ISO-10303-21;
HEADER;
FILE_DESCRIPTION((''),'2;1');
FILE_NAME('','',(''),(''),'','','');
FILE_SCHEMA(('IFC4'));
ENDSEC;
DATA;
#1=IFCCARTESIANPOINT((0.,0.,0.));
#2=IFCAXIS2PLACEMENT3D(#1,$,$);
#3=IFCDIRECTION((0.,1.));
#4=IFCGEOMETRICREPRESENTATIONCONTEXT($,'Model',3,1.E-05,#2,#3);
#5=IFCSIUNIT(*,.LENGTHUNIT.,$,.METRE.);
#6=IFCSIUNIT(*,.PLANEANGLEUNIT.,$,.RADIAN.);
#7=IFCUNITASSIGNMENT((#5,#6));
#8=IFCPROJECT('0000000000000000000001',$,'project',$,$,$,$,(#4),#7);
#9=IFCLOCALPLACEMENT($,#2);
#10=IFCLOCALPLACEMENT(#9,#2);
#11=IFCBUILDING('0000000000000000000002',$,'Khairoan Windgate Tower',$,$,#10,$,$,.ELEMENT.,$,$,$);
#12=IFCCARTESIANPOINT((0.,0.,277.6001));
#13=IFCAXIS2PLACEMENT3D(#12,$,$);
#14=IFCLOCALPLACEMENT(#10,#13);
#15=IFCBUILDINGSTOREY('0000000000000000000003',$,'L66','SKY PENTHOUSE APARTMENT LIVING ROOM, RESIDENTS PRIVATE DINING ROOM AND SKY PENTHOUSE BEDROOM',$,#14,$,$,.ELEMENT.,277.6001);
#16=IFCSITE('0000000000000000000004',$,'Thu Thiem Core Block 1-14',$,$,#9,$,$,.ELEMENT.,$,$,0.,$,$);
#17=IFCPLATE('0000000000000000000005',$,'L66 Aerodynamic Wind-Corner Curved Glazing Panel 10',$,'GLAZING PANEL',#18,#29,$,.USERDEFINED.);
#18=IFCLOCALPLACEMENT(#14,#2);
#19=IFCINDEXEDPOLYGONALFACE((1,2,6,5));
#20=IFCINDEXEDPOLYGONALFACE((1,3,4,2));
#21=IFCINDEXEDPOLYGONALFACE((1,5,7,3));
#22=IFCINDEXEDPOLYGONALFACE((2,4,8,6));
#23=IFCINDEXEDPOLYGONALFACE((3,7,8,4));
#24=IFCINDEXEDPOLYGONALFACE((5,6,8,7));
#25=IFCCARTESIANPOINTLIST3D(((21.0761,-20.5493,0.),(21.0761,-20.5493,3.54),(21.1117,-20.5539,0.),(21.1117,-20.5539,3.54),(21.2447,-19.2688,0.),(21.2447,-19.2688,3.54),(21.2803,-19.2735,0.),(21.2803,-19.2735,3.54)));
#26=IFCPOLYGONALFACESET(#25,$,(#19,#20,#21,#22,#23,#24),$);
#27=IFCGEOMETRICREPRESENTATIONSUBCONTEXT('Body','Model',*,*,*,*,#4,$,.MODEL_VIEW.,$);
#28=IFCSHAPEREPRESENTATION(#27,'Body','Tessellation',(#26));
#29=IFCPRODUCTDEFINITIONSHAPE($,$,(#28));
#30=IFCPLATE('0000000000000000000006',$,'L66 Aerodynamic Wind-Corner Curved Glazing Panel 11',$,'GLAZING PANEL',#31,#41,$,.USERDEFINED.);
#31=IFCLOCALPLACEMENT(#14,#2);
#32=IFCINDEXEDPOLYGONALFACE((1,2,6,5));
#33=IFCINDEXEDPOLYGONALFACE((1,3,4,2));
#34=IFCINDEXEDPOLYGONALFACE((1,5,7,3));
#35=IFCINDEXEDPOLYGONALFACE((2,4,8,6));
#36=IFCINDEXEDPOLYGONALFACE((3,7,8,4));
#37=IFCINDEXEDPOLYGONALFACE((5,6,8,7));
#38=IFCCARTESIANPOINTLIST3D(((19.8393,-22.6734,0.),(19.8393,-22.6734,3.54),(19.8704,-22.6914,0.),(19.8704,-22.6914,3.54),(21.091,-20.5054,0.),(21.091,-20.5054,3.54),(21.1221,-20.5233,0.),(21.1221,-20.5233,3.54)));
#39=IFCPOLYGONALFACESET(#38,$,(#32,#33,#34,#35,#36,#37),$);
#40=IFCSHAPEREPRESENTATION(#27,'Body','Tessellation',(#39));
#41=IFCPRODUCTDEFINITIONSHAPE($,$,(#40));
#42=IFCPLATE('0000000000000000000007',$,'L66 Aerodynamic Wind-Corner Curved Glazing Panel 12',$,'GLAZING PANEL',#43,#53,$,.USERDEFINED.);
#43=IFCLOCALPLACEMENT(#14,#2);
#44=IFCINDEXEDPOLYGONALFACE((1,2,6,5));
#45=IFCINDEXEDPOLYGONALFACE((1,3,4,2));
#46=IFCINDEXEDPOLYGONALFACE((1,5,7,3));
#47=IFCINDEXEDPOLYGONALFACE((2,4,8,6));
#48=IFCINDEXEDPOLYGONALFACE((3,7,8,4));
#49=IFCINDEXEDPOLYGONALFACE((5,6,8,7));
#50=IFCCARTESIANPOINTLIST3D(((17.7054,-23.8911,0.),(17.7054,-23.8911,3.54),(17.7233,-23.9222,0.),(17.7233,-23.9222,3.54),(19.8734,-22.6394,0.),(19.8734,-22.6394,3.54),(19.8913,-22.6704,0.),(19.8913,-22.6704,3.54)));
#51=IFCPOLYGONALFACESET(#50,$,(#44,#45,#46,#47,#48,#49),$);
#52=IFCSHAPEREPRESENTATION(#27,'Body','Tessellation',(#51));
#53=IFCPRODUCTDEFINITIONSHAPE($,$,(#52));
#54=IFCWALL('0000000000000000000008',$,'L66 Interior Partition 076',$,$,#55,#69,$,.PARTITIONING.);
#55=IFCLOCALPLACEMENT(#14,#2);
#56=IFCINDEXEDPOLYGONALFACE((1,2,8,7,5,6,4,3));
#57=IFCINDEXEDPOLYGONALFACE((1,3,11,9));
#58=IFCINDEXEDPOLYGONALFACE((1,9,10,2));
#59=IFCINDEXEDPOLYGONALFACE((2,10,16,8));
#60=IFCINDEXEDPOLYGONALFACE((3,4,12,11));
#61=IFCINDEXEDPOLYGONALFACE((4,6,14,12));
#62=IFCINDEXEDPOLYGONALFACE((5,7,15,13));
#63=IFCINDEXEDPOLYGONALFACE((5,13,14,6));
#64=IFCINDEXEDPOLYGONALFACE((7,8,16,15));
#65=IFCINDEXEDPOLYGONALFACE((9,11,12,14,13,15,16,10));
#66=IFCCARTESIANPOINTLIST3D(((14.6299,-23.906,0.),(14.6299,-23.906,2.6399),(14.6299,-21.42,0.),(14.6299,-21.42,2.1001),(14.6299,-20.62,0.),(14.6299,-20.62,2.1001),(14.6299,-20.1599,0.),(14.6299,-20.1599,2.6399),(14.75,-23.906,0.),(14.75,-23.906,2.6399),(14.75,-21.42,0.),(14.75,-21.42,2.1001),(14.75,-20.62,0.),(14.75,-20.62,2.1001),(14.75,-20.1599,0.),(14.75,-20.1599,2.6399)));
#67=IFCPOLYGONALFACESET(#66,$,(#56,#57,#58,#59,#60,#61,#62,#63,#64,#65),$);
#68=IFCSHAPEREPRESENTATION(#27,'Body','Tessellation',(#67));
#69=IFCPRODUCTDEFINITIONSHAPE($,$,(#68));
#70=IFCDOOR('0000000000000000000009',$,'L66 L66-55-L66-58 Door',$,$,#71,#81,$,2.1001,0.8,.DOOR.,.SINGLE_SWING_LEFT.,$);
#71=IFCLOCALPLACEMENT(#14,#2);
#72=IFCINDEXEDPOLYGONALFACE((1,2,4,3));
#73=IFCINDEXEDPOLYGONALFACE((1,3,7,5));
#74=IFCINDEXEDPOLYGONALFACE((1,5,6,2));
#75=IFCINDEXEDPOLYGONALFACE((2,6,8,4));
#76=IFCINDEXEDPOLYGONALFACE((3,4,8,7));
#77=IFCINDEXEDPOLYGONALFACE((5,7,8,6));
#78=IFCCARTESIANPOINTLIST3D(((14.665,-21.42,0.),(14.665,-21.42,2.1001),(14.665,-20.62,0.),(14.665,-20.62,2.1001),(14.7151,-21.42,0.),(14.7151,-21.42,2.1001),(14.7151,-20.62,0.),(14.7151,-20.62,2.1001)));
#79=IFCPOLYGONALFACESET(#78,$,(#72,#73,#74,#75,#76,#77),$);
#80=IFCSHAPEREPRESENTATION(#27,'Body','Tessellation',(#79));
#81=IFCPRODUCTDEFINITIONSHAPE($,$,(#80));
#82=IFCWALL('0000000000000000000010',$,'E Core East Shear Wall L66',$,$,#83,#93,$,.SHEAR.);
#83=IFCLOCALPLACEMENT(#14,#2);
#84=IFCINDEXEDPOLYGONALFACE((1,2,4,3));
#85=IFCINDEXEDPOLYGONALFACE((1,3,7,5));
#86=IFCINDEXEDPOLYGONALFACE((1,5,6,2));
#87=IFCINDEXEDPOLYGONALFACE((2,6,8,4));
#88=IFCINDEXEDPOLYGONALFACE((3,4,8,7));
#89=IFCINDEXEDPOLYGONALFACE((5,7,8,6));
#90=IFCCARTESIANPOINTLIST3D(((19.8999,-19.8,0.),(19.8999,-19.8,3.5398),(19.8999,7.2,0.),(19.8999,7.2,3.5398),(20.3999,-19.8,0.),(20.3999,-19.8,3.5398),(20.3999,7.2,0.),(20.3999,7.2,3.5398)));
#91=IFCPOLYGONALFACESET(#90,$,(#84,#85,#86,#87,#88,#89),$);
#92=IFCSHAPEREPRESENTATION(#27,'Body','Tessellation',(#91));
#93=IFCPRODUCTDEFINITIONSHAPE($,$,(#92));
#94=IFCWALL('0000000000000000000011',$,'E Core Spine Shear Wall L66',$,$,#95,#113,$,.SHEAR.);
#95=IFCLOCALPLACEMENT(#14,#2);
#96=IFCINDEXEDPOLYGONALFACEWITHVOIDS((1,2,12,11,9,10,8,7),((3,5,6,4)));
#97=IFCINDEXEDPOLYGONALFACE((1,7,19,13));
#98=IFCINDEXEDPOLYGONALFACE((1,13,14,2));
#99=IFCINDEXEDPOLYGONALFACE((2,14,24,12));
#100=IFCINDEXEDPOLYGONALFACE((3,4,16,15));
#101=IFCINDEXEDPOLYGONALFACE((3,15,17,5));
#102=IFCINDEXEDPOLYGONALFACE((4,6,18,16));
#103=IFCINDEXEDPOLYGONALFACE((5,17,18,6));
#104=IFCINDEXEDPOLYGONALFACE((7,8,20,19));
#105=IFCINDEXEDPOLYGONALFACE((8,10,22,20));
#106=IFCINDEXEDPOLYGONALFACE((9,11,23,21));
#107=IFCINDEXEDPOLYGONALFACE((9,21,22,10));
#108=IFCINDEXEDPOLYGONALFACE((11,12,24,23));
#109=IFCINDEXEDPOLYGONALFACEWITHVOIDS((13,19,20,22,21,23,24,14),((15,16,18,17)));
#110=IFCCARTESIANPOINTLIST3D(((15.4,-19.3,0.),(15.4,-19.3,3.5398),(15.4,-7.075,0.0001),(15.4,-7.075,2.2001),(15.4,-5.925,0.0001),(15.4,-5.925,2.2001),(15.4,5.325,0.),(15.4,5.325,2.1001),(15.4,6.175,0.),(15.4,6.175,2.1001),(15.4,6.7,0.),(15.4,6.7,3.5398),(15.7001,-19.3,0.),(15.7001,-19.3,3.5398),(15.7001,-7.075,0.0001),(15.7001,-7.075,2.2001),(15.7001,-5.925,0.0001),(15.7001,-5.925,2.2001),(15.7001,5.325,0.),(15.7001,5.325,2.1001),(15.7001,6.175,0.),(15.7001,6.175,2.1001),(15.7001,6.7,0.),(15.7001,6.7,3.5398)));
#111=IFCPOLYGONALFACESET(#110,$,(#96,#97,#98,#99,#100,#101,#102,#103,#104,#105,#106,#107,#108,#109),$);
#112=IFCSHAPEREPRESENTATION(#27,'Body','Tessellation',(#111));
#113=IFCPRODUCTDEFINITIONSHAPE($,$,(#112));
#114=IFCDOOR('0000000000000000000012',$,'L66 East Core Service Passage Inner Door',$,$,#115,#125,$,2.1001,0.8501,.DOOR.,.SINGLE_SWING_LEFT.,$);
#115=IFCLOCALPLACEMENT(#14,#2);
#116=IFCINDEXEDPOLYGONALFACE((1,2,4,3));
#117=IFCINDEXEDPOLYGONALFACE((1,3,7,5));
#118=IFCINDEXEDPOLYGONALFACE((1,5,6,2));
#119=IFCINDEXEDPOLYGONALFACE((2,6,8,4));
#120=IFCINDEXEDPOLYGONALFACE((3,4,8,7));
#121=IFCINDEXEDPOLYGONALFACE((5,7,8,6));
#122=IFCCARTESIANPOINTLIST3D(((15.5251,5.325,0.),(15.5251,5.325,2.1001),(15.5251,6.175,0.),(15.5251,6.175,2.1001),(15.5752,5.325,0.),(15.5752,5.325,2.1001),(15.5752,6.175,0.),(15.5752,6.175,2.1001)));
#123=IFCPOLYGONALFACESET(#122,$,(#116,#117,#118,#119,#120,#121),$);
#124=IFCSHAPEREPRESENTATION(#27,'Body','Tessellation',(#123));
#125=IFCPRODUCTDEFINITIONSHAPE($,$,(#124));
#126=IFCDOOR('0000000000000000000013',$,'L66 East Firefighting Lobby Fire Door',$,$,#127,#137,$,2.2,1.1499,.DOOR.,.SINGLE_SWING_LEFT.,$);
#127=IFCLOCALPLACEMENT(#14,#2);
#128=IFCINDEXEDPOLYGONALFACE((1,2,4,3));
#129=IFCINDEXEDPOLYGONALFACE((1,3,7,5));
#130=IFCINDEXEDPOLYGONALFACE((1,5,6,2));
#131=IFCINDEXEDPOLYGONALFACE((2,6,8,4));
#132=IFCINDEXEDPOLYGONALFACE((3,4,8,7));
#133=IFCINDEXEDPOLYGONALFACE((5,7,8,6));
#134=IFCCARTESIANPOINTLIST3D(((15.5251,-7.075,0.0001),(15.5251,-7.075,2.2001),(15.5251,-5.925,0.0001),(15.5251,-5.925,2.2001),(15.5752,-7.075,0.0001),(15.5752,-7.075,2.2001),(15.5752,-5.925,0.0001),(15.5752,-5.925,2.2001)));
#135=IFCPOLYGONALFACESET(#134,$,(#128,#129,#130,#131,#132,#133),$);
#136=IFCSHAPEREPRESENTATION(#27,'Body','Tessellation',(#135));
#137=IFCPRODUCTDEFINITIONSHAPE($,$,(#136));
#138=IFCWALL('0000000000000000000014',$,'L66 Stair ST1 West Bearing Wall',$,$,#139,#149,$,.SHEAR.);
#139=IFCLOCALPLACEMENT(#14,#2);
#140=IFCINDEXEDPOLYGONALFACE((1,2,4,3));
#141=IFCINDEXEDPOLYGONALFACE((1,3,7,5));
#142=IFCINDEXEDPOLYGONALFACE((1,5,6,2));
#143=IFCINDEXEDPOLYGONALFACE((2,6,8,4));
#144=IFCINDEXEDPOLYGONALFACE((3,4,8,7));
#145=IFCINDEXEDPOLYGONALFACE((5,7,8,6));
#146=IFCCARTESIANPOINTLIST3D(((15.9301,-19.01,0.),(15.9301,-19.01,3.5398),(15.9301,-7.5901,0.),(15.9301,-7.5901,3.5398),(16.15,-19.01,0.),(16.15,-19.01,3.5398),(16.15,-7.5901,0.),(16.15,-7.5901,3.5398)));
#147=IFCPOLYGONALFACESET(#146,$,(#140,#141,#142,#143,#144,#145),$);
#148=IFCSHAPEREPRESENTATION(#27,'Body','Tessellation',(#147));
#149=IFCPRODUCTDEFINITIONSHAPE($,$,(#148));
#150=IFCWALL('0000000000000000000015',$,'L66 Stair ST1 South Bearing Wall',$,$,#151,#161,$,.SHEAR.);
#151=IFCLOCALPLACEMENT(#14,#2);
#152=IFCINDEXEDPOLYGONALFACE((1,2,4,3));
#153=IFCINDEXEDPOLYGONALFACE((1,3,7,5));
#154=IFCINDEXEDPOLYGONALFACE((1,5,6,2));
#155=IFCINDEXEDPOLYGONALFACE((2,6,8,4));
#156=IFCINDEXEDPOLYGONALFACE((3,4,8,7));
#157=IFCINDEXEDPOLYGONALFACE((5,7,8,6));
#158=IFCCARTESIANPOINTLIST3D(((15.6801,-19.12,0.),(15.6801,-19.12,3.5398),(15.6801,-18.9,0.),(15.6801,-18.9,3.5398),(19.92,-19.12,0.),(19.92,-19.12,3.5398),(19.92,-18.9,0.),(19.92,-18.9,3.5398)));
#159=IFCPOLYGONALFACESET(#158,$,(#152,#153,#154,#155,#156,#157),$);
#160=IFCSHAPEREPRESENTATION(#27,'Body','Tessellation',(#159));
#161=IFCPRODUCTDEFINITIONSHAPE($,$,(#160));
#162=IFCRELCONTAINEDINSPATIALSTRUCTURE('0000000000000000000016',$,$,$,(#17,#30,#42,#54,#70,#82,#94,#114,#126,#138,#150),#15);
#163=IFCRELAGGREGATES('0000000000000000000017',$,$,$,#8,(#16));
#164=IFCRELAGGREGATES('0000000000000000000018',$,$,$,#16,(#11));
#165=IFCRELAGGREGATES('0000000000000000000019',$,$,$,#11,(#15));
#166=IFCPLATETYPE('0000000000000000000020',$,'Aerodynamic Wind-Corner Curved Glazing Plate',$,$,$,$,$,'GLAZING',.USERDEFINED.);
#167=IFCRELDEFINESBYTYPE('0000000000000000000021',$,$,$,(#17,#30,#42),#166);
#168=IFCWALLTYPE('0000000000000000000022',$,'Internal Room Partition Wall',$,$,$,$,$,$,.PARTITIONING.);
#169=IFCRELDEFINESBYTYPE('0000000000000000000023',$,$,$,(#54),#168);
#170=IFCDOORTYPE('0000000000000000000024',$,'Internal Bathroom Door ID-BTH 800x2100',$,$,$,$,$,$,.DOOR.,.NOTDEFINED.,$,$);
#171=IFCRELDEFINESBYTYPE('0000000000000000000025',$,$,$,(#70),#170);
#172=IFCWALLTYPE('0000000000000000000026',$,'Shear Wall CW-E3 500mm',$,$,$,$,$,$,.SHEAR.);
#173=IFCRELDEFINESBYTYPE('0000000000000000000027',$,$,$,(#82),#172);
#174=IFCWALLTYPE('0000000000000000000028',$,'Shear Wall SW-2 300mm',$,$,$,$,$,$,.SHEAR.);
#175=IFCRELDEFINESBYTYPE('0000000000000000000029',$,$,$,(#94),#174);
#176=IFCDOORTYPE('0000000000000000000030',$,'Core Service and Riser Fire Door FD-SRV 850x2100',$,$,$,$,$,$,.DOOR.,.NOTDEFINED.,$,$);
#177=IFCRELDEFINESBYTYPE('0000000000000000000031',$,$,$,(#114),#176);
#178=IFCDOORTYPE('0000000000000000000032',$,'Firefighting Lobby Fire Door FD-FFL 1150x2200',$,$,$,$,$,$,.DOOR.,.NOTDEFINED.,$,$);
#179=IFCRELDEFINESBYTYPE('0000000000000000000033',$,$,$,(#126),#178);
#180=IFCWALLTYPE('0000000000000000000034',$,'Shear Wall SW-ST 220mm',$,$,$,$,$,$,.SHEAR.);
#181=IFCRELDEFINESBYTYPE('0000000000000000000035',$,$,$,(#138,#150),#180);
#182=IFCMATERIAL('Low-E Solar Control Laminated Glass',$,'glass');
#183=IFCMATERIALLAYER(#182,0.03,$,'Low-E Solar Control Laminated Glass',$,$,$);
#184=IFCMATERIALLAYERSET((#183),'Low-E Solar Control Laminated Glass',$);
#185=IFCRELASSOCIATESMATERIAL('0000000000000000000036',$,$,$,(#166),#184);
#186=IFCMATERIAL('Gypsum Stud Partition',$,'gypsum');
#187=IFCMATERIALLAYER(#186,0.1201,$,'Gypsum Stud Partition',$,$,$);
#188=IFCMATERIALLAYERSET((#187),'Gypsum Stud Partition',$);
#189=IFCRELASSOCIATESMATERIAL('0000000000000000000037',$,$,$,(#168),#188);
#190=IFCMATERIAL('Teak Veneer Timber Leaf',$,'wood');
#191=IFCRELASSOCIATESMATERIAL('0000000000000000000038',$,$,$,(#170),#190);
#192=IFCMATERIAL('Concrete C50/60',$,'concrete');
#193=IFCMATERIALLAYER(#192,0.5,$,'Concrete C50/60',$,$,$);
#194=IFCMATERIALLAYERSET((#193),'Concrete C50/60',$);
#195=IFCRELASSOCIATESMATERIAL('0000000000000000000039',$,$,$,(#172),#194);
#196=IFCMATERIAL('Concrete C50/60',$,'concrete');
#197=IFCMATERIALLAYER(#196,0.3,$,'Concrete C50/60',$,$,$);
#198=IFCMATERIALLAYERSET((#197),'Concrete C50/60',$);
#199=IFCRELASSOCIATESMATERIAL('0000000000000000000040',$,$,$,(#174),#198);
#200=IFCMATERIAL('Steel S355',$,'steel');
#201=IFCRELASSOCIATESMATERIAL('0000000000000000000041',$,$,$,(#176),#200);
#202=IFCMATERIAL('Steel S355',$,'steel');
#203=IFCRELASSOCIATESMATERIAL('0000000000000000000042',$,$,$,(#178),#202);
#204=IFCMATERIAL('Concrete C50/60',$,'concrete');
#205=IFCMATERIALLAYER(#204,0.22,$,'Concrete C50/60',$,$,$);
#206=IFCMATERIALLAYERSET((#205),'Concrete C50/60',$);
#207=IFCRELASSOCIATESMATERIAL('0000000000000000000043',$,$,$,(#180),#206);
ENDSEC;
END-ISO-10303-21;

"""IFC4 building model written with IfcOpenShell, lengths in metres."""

from ifc_helpers import new_model, si_unit, direction, frame, frame_2d, origin, origin_2d, place, context, subcontext, project, spatial, rectangle, extrude, material, layer, layer_set, type_object, element, fill, save


model = new_model("IFC4")

# Units and contexts
model_context = context("Model", 3, precision=1e-05, world=origin(), true_north=direction((0.0, 1.0)))
body_context = subcontext(model_context, "Body", "Model", "MODEL_VIEW")
ifc_project = project(units=[si_unit("LENGTHUNIT", "METRE"), si_unit("PLANEANGLEUNIT", "RADIAN")], contexts=[model_context])

# Site, building, storey
site_placement = place(None, origin())
building_placement = place(site_placement, origin())
storey_placement = place(building_placement, frame((0.0, 0.0, 277.6001)))
site = spatial("IfcSite", under=ifc_project, at=site_placement, Name="Thu Thiem Core Block 1-14", CompositionType="ELEMENT", RefElevation=0.0)
building = spatial("IfcBuilding", under=site, at=building_placement, Name="Khairoan Windgate Tower", CompositionType="ELEMENT")
storey = spatial("IfcBuildingStorey", under=building, at=storey_placement, Name="L66", Description="SKY PENTHOUSE APARTMENT LIVING ROOM, RESIDENTS PRIVATE DINING ROOM AND SKY PENTHOUSE BEDROOM", CompositionType="ELEMENT", Elevation=277.6001)

# Plates
ifc_material_1 = material(Name="Low-E Solar Control Laminated Glass", Category="glass")
ifc_layer_1 = layer(ifc_material_1, 0.03, Name="Low-E Solar Control Laminated Glass")
ifc_layer_set_1 = layer_set([ifc_layer_1], Name="Low-E Solar Control Laminated Glass")
plate_type_1 = type_object("IfcPlateType", Name="Aerodynamic Wind-Corner Curved Glazing Plate", ElementType="GLAZING", PredefinedType="USERDEFINED", material=ifc_layer_set_1)
plate_1_placement = place(storey_placement, frame((21.1782, -19.9114, 0.0), z_axis=(0.0, 0.0, 1.0), x_axis=(-0.130526, -0.991445, 0.0)))
element("IfcPlate", 1, at=plate_1_placement, inside=storey, type_object=plate_type_1, Name="L66 Aerodynamic Wind-Corner Curved Glazing Panel 10", ObjectType="GLAZING PANEL", PredefinedType="USERDEFINED", context=body_context, shape_type="SweptSolid", body=[
    extrude(rectangle(XDim=1.2915, YDim=0.0359, at=origin_2d()), origin(), (0.0, 0.0, 1.0), 3.54),
])
for number, where, z_axis, x_axis, name in (
    (2, (20.4807, -21.5984, 0.0), (0.0, 0.0, 1.0), (-0.5, -0.866025, 0.0), "L66 Aerodynamic Wind-Corner Curved Glazing Panel 11"),
    (3, (18.7983, -23.2808, 0.0), (0.0, 0.0, 1.0), (-0.866025, -0.5, 0.0), "L66 Aerodynamic Wind-Corner Curved Glazing Panel 12"),
):
    element("IfcPlate", number, at=place(storey_placement, frame(where, z_axis=z_axis, x_axis=x_axis)), inside=storey, type_object=plate_type_1, Name=name, ObjectType="GLAZING PANEL", PredefinedType="USERDEFINED", context=body_context, shape_type="SweptSolid", body=[
        extrude(rectangle(XDim=2.5034, YDim=0.0359, at=origin_2d()), origin(), (0.0, 0.0, 1.0), 3.54),
    ])

# Wall, opening, door
ifc_material_2 = material(Name="Gypsum Stud Partition", Category="gypsum")
ifc_layer_2 = layer(ifc_material_2, 0.1201, Name="Gypsum Stud Partition")
ifc_layer_set_2 = layer_set([ifc_layer_2], Name="Gypsum Stud Partition")
wall_type_1 = type_object("IfcWallType", Name="Internal Room Partition Wall", PredefinedType="PARTITIONING", material=ifc_layer_set_2)
wall_1_placement = place(storey_placement, frame((14.6899, -23.906, 0.0), z_axis=(0.0, 0.0, 1.0), x_axis=(0.0, 1.0, 0.0)))
wall_1 = element("IfcWall", 4, at=wall_1_placement, inside=storey, type_object=wall_type_1, Name="L66 Interior Partition 076", PredefinedType="PARTITIONING", context=body_context, shape_type="SweptSolid", body=[
    extrude(rectangle(XDim=3.7461, YDim=0.1201, at=frame_2d((1.873, 0.0))), origin(), (0.0, 0.0, 1.0), 2.6399),
])
opening_1_placement = place(wall_1_placement, frame((2.4861, 0.0, 0.0)))
opening_1 = element("IfcOpeningElement", 5, at=opening_1_placement, cuts=wall_1, PredefinedType="OPENING", context=body_context, shape_type="SweptSolid", body=[
    extrude(rectangle(XDim=0.8, YDim=2.1001, at=frame_2d((0.3999, 1.05))), frame((0.0, 0.0701, 0.0), z_axis=(0.0, -1.0, 0.0), x_axis=(1.0, 0.0, 0.0)), (0.0, 0.0, 1.0), 0.1401),
])
ifc_material_3 = material(Name="Teak Veneer Timber Leaf", Category="wood")
door_type_1 = type_object("IfcDoorType", Name="Internal Bathroom Door ID-BTH 800x2100", OperationType="NOTDEFINED", PredefinedType="DOOR", material=ifc_material_3)
door_1_placement = place(opening_1_placement, origin())
door_1 = element("IfcDoor", 6, at=door_1_placement, inside=storey, type_object=door_type_1, Name="L66 L66-55-L66-58 Door", OperationType="SINGLE_SWING_LEFT", OverallHeight=2.1001, OverallWidth=0.8, PredefinedType="DOOR", context=body_context, shape_type="SweptSolid", body=[
    extrude(rectangle(XDim=0.8, YDim=2.1001, at=frame_2d((0.3999, 1.05))), frame((0.0, 0.0249, 0.0), z_axis=(0.0, -1.0, 0.0), x_axis=(1.0, 0.0, 0.0)), (0.0, 0.0, 1.0), 0.05),
])
fill(opening_1, door_1)

# Wall
ifc_material_4 = material(Name="Concrete C50/60", Category="concrete")
ifc_layer_3 = layer(ifc_material_4, 0.5, Name="Concrete C50/60")
ifc_layer_set_3 = layer_set([ifc_layer_3], Name="Concrete C50/60")
wall_type_2 = type_object("IfcWallType", Name="Shear Wall CW-E3 500mm", PredefinedType="SHEAR", material=ifc_layer_set_3)
wall_2_placement = place(storey_placement, frame((20.1499, -19.8, 0.0), z_axis=(0.0, 0.0, 1.0), x_axis=(0.0, 1.0, 0.0)))
element("IfcWall", 7, at=wall_2_placement, inside=storey, type_object=wall_type_2, Name="E Core East Shear Wall L66", PredefinedType="SHEAR", context=body_context, shape_type="SweptSolid", body=[
    extrude(rectangle(XDim=27.0, YDim=0.5, at=frame_2d((13.5, 0.0))), origin(), (0.0, 0.0, 1.0), 3.5398),
])

# Wall, openings, doors
ifc_material_5 = material(Name="Concrete C50/60", Category="concrete")
ifc_layer_4 = layer(ifc_material_5, 0.3, Name="Concrete C50/60")
ifc_layer_set_4 = layer_set([ifc_layer_4], Name="Concrete C50/60")
wall_type_3 = type_object("IfcWallType", Name="Shear Wall SW-2 300mm", PredefinedType="SHEAR", material=ifc_layer_set_4)
wall_3_placement = place(storey_placement, frame((15.55, -19.3, 0.0), z_axis=(0.0, 0.0, 1.0), x_axis=(0.0, 1.0, 0.0)))
wall_3 = element("IfcWall", 8, at=wall_3_placement, inside=storey, type_object=wall_type_3, Name="E Core Spine Shear Wall L66", PredefinedType="SHEAR", context=body_context, shape_type="SweptSolid", body=[
    extrude(rectangle(XDim=26.0, YDim=0.3, at=frame_2d((13.0, 0.0))), origin(), (0.0, 0.0, 1.0), 3.5398),
])
opening_2_placement = place(wall_3_placement, frame((12.2251, 0.0, 0.0)))
opening_2 = element("IfcOpeningElement", 9, at=opening_2_placement, cuts=wall_3, PredefinedType="OPENING", context=body_context, shape_type="SweptSolid", body=[
    extrude(rectangle(XDim=1.1499, YDim=2.2, at=frame_2d((0.575, 1.1001))), frame((0.0, 0.1599, 0.0), z_axis=(0.0, -1.0, 0.0), x_axis=(1.0, 0.0, 0.0)), (0.0, 0.0, 1.0), 0.3201),
])
opening_3_placement = place(wall_3_placement, frame((24.625, 0.0, 0.0)))
opening_3 = element("IfcOpeningElement", 10, at=opening_3_placement, cuts=wall_3, PredefinedType="OPENING", context=body_context, shape_type="SweptSolid", body=[
    extrude(rectangle(XDim=0.8501, YDim=2.1001, at=frame_2d((0.425, 1.05))), frame((0.0, 0.1599, 0.0), z_axis=(0.0, -1.0, 0.0), x_axis=(1.0, 0.0, 0.0)), (0.0, 0.0, 1.0), 0.3201),
])
ifc_material_6 = material(Name="Steel S355", Category="steel")
door_type_2 = type_object("IfcDoorType", Name="Core Service and Riser Fire Door FD-SRV 850x2100", OperationType="NOTDEFINED", PredefinedType="DOOR", material=ifc_material_6)
door_2_placement = place(opening_3_placement, origin())
door_2 = element("IfcDoor", 11, at=door_2_placement, inside=storey, type_object=door_type_2, Name="L66 East Core Service Passage Inner Door", OperationType="SINGLE_SWING_LEFT", OverallHeight=2.1001, OverallWidth=0.8501, PredefinedType="DOOR", context=body_context, shape_type="SweptSolid", body=[
    extrude(rectangle(XDim=0.8501, YDim=2.1001, at=frame_2d((0.425, 1.05))), frame((0.0, 0.0249, 0.0), z_axis=(0.0, -1.0, 0.0), x_axis=(1.0, 0.0, 0.0)), (0.0, 0.0, 1.0), 0.05),
])
fill(opening_3, door_2)
ifc_material_7 = material(Name="Steel S355", Category="steel")
door_type_3 = type_object("IfcDoorType", Name="Firefighting Lobby Fire Door FD-FFL 1150x2200", OperationType="NOTDEFINED", PredefinedType="DOOR", material=ifc_material_7)
door_3_placement = place(opening_2_placement, origin())
door_3 = element("IfcDoor", 12, at=door_3_placement, inside=storey, type_object=door_type_3, Name="L66 East Firefighting Lobby Fire Door", OperationType="SINGLE_SWING_LEFT", OverallHeight=2.2, OverallWidth=1.1499, PredefinedType="DOOR", context=body_context, shape_type="SweptSolid", body=[
    extrude(rectangle(XDim=1.1499, YDim=2.2, at=frame_2d((0.575, 1.1001))), frame((0.0, 0.0249, 0.0), z_axis=(0.0, -1.0, 0.0), x_axis=(1.0, 0.0, 0.0)), (0.0, 0.0, 1.0), 0.05),
])
fill(opening_2, door_3)

# Walls
ifc_material_8 = material(Name="Concrete C50/60", Category="concrete")
ifc_layer_5 = layer(ifc_material_8, 0.22, Name="Concrete C50/60")
ifc_layer_set_5 = layer_set([ifc_layer_5], Name="Concrete C50/60")
wall_type_4 = type_object("IfcWallType", Name="Shear Wall SW-ST 220mm", PredefinedType="SHEAR", material=ifc_layer_set_5)
wall_4_placement = place(storey_placement, frame((16.04, -19.01, 0.0), z_axis=(0.0, 0.0, 1.0), x_axis=(0.0, 1.0, 0.0)))
element("IfcWall", 13, at=wall_4_placement, inside=storey, type_object=wall_type_4, Name="L66 Stair ST1 West Bearing Wall", PredefinedType="SHEAR", context=body_context, shape_type="SweptSolid", body=[
    extrude(rectangle(XDim=11.4199, YDim=0.22, at=frame_2d((5.71, 0.0))), origin(), (0.0, 0.0, 1.0), 3.5398),
])
wall_5_placement = place(storey_placement, frame((15.6799, -19.01, 0.0), z_axis=(0.0, 0.0, 1.0), x_axis=(1.0, 0.0, 0.0)))
element("IfcWall", 14, at=wall_5_placement, inside=storey, type_object=wall_type_4, Name="L66 Stair ST1 South Bearing Wall", PredefinedType="SHEAR", context=body_context, shape_type="SweptSolid", body=[
    extrude(rectangle(XDim=4.24, YDim=0.22, at=frame_2d((2.1201, 0.0))), origin(), (0.0, 0.0, 1.0), 3.5398),
])

save(model, "model.ifc")
